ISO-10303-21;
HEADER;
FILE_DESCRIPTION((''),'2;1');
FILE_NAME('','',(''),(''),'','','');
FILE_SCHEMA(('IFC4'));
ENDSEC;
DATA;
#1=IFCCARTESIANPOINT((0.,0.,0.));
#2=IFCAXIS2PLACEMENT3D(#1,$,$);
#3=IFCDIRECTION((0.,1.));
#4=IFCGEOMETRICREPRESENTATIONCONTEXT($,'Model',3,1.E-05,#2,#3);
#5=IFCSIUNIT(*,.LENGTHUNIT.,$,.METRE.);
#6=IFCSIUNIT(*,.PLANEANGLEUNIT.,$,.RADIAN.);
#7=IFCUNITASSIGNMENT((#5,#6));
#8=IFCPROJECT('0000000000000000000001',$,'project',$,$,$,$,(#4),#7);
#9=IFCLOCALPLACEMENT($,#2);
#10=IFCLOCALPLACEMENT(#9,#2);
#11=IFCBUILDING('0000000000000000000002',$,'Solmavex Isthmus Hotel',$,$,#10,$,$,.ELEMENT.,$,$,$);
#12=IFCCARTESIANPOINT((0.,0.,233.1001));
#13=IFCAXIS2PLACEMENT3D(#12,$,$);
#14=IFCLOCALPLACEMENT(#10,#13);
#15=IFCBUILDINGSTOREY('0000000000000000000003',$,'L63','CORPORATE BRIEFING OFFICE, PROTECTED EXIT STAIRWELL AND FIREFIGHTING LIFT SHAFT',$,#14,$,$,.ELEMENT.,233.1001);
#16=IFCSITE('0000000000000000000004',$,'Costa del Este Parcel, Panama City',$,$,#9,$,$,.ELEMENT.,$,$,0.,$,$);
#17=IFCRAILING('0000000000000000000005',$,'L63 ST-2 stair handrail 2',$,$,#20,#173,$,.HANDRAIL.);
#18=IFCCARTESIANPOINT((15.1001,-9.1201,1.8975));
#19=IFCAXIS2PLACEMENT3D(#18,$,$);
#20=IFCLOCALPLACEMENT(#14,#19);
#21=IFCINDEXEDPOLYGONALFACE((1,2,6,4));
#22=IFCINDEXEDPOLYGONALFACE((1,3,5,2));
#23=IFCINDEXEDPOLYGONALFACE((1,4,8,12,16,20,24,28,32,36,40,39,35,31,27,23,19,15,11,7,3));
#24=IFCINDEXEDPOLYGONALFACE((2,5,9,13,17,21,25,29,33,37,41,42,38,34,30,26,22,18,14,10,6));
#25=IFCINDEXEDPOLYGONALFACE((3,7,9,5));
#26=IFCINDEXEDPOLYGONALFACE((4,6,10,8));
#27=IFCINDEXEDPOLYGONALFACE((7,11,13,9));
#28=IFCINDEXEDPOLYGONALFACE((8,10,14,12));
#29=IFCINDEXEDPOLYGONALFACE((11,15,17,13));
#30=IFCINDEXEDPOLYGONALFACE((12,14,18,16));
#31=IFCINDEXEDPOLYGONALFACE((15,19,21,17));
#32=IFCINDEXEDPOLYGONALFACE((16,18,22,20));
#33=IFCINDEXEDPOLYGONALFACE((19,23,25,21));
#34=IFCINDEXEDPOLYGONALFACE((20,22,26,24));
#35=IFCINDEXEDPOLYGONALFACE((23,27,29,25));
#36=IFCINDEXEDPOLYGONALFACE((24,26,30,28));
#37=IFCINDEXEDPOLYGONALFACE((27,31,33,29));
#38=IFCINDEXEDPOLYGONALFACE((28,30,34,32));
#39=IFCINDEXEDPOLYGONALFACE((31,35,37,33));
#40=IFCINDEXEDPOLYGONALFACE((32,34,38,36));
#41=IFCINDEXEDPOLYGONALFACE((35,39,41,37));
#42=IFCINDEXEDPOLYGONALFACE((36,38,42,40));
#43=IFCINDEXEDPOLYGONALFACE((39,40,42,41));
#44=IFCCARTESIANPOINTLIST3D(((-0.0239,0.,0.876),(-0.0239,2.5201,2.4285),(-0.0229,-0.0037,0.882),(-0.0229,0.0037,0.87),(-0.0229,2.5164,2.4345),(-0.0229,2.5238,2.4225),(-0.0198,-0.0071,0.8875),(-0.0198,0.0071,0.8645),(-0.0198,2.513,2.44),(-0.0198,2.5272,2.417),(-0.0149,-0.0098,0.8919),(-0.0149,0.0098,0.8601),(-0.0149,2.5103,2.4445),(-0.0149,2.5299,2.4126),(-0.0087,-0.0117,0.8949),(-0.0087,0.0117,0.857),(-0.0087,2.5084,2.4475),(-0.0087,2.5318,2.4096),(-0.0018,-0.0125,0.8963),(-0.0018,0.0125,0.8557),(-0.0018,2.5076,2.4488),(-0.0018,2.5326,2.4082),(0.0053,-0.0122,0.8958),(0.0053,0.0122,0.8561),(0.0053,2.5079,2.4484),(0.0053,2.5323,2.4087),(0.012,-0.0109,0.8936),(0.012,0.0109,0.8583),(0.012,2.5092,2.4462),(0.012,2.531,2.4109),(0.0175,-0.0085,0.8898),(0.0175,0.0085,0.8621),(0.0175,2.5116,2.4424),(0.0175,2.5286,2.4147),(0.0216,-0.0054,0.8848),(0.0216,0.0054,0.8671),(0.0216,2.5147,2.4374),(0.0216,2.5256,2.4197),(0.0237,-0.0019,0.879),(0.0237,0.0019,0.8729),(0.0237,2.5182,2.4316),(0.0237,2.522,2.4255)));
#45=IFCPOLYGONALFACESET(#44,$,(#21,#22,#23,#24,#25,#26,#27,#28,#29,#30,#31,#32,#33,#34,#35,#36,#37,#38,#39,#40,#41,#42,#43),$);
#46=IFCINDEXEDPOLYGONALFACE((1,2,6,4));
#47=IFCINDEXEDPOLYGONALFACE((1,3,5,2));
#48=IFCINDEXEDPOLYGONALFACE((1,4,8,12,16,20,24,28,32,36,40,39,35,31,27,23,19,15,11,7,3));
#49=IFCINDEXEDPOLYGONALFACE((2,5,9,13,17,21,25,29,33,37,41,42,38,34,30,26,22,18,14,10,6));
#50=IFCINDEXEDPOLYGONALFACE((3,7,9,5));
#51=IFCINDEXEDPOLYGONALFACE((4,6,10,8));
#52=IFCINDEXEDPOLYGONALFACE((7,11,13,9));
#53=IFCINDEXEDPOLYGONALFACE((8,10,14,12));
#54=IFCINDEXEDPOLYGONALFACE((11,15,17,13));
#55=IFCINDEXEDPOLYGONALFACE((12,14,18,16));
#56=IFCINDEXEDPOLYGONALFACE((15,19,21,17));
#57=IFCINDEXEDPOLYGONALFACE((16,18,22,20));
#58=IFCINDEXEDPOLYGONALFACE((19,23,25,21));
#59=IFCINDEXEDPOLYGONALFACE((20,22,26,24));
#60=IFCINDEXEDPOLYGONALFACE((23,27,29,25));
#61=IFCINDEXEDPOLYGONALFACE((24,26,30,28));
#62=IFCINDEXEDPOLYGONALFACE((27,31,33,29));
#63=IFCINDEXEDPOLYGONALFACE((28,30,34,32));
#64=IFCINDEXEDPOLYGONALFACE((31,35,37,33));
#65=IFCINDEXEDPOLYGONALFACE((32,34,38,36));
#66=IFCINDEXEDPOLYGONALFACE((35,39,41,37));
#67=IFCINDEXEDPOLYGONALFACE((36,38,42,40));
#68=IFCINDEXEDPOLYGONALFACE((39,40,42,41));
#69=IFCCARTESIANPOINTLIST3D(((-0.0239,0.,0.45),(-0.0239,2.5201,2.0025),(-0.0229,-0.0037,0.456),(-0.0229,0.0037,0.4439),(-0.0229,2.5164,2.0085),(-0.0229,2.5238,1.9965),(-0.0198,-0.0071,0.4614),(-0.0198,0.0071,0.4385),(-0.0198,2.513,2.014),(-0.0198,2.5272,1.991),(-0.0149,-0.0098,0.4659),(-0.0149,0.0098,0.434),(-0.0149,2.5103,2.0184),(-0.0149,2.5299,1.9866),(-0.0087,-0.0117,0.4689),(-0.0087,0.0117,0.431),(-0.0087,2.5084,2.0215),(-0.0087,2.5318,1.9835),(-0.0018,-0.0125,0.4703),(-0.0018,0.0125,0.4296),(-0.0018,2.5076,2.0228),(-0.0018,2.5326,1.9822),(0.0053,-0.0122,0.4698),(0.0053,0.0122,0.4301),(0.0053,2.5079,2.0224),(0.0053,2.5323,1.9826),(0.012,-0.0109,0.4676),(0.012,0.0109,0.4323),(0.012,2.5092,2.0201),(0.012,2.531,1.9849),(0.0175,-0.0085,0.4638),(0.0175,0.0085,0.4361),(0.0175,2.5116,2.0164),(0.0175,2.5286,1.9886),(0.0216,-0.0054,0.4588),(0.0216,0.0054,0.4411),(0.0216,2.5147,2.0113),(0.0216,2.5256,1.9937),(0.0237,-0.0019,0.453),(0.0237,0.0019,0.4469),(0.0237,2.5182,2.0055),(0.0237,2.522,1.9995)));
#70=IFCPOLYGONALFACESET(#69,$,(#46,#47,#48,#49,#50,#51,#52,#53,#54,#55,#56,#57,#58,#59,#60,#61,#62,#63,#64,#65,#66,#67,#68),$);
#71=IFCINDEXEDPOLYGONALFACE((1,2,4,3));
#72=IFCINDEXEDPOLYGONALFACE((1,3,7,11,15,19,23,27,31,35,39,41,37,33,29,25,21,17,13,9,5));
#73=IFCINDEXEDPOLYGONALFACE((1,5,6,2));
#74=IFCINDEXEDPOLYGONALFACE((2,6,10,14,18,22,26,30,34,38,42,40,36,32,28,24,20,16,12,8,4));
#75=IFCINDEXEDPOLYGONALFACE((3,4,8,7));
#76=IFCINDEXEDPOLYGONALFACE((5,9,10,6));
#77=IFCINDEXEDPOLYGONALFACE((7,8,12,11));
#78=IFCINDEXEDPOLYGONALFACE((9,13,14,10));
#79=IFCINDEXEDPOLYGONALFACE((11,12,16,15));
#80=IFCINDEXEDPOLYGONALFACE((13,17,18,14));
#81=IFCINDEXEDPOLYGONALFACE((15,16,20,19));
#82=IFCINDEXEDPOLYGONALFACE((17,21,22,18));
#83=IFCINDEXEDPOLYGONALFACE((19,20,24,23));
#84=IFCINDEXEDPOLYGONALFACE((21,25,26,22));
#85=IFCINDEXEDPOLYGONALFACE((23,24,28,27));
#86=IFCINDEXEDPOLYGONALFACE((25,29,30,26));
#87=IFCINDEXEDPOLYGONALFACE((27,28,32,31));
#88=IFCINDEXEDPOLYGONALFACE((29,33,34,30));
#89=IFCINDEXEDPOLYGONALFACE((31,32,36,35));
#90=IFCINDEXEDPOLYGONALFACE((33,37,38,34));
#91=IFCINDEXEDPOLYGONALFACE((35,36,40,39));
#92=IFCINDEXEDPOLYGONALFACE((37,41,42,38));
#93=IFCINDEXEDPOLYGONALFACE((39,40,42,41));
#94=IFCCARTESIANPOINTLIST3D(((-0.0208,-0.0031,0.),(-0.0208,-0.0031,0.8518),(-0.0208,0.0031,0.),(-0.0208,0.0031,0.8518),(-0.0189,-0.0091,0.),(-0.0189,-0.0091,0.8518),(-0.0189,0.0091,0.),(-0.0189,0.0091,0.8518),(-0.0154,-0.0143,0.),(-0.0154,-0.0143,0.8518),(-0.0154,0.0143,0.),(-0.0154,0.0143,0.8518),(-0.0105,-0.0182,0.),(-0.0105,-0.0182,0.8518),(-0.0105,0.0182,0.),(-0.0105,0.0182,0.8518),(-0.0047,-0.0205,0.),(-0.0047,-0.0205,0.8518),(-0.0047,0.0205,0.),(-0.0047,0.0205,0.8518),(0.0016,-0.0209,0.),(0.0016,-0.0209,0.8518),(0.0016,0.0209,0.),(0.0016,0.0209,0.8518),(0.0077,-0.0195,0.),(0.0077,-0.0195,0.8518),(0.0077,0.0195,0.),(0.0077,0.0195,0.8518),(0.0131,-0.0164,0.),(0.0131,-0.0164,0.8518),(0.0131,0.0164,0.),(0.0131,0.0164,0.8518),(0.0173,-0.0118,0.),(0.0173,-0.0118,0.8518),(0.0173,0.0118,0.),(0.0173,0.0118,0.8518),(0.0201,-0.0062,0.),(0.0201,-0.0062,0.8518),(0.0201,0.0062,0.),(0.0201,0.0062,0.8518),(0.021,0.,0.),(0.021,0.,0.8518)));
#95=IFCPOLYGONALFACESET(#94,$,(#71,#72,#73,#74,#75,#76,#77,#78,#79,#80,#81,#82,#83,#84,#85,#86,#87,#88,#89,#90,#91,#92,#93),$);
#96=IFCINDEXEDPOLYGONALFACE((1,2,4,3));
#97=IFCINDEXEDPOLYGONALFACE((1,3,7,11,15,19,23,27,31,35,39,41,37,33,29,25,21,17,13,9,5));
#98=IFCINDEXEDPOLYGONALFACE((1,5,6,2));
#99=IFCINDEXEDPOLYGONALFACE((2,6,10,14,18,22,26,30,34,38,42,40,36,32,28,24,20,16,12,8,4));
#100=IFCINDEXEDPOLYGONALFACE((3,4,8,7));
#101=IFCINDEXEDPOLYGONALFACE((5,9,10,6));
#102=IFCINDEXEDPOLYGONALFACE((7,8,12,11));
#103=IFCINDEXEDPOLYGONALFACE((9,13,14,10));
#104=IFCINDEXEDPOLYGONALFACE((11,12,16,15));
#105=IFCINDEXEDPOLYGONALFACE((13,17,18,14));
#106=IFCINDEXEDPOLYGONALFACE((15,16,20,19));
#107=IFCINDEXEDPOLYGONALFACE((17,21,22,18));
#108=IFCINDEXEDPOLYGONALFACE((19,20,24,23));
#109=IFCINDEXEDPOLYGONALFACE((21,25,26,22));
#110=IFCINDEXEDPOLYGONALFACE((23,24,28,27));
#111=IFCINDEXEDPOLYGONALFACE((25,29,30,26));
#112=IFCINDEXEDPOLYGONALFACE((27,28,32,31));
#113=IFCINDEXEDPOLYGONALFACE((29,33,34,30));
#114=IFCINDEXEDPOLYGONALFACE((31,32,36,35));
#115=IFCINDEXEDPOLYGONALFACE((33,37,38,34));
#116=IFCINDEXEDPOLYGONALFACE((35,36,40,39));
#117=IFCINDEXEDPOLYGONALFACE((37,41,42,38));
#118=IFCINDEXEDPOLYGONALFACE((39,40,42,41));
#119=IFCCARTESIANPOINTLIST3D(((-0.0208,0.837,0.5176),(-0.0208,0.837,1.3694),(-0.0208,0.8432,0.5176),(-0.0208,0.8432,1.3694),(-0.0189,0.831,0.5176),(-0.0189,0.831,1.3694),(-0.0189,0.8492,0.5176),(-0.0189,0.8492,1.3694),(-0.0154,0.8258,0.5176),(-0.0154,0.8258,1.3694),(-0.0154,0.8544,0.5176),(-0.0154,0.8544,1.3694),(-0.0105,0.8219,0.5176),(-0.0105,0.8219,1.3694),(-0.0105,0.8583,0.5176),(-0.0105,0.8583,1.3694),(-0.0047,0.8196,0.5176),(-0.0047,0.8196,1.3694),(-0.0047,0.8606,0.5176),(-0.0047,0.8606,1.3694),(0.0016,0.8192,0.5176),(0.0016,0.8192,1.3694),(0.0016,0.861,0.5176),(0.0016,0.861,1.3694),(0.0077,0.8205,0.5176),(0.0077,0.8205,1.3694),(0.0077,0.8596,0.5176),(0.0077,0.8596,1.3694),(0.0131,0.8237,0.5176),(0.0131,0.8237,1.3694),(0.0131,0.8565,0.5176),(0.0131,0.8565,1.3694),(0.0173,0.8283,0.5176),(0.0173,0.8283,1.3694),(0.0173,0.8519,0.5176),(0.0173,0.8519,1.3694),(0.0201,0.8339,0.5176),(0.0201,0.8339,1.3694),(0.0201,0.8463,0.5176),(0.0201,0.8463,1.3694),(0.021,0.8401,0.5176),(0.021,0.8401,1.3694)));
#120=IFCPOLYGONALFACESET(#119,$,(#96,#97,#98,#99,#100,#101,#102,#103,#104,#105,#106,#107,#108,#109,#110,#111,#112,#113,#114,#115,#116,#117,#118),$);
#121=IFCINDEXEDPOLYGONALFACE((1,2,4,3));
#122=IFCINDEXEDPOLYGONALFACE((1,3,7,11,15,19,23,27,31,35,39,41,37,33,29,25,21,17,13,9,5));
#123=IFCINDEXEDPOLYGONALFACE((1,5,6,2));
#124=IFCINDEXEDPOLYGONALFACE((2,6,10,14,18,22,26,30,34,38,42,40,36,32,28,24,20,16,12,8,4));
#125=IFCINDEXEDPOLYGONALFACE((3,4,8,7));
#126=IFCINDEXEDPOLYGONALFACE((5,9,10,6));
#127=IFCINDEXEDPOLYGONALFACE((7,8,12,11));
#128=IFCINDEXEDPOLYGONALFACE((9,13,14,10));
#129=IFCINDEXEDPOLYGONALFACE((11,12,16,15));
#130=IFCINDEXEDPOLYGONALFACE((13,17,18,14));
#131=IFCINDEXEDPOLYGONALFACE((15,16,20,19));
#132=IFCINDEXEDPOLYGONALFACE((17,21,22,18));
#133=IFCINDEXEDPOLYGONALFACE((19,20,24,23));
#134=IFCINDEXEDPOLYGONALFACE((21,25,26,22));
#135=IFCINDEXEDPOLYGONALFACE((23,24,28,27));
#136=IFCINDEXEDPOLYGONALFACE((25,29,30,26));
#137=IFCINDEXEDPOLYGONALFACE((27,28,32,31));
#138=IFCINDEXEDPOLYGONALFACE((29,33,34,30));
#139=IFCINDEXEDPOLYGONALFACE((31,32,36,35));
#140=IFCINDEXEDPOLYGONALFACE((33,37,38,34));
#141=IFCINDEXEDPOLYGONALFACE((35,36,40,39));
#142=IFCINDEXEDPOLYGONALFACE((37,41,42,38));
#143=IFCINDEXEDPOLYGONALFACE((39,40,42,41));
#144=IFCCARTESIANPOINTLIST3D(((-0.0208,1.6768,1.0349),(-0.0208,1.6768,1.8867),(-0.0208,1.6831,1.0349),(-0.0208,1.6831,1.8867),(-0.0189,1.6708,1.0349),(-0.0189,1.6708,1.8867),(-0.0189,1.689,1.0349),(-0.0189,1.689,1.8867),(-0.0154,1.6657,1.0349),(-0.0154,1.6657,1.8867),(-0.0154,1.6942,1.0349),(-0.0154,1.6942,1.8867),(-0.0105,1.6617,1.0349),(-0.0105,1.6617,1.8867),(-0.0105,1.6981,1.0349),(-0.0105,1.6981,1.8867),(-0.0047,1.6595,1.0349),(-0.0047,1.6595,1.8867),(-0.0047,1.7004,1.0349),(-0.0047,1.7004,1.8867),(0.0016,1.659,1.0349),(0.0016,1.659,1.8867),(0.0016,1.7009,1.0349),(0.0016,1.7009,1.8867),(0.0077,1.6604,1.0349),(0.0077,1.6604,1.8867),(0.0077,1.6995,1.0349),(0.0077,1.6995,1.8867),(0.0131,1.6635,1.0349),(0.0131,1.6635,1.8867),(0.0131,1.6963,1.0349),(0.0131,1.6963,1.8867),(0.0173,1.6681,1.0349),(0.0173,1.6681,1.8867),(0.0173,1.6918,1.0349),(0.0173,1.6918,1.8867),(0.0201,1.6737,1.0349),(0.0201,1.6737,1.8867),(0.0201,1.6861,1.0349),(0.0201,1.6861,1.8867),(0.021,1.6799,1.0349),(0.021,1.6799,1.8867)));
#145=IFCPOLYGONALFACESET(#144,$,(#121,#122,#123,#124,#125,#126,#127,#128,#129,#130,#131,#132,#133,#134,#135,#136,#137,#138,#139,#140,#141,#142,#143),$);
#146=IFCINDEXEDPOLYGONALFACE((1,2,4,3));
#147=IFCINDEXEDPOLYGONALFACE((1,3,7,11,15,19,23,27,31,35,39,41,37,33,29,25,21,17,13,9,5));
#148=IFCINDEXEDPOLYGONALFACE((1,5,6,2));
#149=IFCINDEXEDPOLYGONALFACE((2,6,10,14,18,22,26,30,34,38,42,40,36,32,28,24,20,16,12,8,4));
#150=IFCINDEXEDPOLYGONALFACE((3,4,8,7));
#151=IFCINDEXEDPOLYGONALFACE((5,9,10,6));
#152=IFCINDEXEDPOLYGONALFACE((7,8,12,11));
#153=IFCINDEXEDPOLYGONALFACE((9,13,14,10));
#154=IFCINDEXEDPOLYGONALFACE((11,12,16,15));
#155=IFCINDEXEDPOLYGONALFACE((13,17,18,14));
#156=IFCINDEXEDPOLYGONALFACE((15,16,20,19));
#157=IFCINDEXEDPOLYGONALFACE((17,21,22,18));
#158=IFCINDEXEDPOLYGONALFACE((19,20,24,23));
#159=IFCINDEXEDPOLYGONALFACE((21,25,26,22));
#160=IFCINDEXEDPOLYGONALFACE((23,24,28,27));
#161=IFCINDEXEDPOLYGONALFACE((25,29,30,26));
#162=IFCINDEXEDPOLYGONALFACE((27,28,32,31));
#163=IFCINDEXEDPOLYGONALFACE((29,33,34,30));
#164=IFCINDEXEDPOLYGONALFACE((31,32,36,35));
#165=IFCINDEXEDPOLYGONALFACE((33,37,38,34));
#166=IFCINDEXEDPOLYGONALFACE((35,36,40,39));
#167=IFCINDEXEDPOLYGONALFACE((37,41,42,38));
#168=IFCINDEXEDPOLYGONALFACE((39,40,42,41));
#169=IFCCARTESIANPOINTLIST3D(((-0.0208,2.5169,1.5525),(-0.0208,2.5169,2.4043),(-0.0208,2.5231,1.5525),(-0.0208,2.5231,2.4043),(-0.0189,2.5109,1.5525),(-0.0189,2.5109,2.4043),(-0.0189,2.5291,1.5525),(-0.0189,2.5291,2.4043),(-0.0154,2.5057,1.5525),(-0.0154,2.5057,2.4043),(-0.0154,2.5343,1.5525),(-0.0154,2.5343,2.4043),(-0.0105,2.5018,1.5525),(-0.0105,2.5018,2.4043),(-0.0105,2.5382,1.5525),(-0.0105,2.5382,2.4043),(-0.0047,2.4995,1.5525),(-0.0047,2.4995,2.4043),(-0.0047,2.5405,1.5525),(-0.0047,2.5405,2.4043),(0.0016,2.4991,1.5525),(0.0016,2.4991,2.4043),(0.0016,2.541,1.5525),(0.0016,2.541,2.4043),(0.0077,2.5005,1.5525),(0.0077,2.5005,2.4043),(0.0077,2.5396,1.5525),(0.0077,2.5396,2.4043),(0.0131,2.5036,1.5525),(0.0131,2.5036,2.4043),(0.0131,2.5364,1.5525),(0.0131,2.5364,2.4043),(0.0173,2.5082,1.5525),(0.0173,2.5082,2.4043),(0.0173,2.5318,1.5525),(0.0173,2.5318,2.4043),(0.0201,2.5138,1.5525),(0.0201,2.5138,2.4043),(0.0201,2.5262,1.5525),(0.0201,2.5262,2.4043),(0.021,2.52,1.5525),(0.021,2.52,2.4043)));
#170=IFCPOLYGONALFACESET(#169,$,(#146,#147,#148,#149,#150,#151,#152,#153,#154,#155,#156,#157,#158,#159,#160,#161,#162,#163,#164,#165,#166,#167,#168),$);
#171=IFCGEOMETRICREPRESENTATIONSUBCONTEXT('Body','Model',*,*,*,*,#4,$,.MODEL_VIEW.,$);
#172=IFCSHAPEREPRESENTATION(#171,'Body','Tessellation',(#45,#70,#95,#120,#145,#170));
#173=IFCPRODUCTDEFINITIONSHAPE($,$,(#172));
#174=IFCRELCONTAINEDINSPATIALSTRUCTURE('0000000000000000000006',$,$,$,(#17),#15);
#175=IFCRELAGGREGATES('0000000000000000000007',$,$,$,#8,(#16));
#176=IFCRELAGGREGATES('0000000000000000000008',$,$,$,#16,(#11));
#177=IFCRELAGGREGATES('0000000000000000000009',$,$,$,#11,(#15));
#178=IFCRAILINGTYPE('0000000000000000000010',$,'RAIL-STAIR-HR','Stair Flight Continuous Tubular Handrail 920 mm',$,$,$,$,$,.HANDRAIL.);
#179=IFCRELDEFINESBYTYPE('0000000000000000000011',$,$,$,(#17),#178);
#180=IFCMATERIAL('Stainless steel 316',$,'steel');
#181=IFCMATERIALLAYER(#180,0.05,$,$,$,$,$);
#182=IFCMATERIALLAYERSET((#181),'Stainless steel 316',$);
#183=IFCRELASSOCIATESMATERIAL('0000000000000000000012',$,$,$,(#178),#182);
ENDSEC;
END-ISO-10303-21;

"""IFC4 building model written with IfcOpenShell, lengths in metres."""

from ifc_helpers import new_model, si_unit, direction, frame, origin, origin_2d, place, context, subcontext, project, spatial, circle, extrude, material, layer, layer_set, type_object, element, save


model = new_model("IFC4")

# Units and contexts
model_context = context("Model", 3, precision=1e-05, world=origin(), true_north=direction((0.0, 1.0)))
body_context = subcontext(model_context, "Body", "Model", "MODEL_VIEW")
ifc_project = project(units=[si_unit("LENGTHUNIT", "METRE"), si_unit("PLANEANGLEUNIT", "RADIAN")], contexts=[model_context])

# Site, building, storey
site_placement = place(None, origin())
site = spatial("IfcSite", under=ifc_project, at=site_placement, Name="Costa del Este Parcel, Panama City", CompositionType="ELEMENT", RefElevation=0.0)
building_placement = place(site_placement, origin())
building = spatial("IfcBuilding", under=site, at=building_placement, Name="Solmavex Isthmus Hotel", CompositionType="ELEMENT")
storey_placement = place(building_placement, frame((0.0, 0.0, 233.1001)))
storey = spatial("IfcBuildingStorey", under=building, at=storey_placement, Name="L63", Description="CORPORATE BRIEFING OFFICE, PROTECTED EXIT STAIRWELL AND FIREFIGHTING LIFT SHAFT", CompositionType="ELEMENT", Elevation=233.1001)

# Shared definitions
ifc_material_1 = material(Name="Stainless steel 316", Category="steel")

# Railing
ifc_layer_1 = layer(ifc_material_1, 0.05)
ifc_layer_set_1 = layer_set([ifc_layer_1], Name="Stainless steel 316")
railing_type_1 = type_object("IfcRailingType", Name="RAIL-STAIR-HR", Description="Stair Flight Continuous Tubular Handrail 920 mm", PredefinedType="HANDRAIL", material=ifc_layer_set_1)
railing_1_placement = place(storey_placement, frame((15.1001, -9.1201, 1.8975)))
element("IfcRailing", 1, at=railing_1_placement, inside=storey, type_object=railing_type_1, Name="L63 ST-2 stair handrail 2", PredefinedType="HANDRAIL", context=body_context, shape_type="SweptSolid", body=[
    extrude(circle(Radius=0.0239, at=origin_2d()), frame((0.0, 0.0, 0.876), z_axis=(0.0, 0.8514, 0.524516), x_axis=(-1.0, 0.0, 0.0)), (0.0, 0.0, 1.0), 2.96),
    extrude(circle(Radius=0.0239, at=origin_2d()), frame((0.0, 0.0, 0.45), z_axis=(0.0, 0.8514, 0.524516), x_axis=(-1.0, 0.0, 0.0)), (0.0, 0.0, 1.0), 2.96),
    extrude(circle(Radius=0.021, at=origin_2d()), origin(), (0.0, 0.0, 1.0), 0.8518),
    extrude(circle(Radius=0.021, at=origin_2d()), frame((0.0, 0.8401, 0.5176)), (0.0, 0.0, 1.0), 0.8518),
    extrude(circle(Radius=0.021, at=origin_2d()), frame((0.0, 1.6799, 1.0349)), (0.0, 0.0, 1.0), 0.8518),
    extrude(circle(Radius=0.021, at=origin_2d()), frame((0.0, 2.52, 1.5525)), (0.0, 0.0, 1.0), 0.8518),
])

save(model, "model.ifc")
